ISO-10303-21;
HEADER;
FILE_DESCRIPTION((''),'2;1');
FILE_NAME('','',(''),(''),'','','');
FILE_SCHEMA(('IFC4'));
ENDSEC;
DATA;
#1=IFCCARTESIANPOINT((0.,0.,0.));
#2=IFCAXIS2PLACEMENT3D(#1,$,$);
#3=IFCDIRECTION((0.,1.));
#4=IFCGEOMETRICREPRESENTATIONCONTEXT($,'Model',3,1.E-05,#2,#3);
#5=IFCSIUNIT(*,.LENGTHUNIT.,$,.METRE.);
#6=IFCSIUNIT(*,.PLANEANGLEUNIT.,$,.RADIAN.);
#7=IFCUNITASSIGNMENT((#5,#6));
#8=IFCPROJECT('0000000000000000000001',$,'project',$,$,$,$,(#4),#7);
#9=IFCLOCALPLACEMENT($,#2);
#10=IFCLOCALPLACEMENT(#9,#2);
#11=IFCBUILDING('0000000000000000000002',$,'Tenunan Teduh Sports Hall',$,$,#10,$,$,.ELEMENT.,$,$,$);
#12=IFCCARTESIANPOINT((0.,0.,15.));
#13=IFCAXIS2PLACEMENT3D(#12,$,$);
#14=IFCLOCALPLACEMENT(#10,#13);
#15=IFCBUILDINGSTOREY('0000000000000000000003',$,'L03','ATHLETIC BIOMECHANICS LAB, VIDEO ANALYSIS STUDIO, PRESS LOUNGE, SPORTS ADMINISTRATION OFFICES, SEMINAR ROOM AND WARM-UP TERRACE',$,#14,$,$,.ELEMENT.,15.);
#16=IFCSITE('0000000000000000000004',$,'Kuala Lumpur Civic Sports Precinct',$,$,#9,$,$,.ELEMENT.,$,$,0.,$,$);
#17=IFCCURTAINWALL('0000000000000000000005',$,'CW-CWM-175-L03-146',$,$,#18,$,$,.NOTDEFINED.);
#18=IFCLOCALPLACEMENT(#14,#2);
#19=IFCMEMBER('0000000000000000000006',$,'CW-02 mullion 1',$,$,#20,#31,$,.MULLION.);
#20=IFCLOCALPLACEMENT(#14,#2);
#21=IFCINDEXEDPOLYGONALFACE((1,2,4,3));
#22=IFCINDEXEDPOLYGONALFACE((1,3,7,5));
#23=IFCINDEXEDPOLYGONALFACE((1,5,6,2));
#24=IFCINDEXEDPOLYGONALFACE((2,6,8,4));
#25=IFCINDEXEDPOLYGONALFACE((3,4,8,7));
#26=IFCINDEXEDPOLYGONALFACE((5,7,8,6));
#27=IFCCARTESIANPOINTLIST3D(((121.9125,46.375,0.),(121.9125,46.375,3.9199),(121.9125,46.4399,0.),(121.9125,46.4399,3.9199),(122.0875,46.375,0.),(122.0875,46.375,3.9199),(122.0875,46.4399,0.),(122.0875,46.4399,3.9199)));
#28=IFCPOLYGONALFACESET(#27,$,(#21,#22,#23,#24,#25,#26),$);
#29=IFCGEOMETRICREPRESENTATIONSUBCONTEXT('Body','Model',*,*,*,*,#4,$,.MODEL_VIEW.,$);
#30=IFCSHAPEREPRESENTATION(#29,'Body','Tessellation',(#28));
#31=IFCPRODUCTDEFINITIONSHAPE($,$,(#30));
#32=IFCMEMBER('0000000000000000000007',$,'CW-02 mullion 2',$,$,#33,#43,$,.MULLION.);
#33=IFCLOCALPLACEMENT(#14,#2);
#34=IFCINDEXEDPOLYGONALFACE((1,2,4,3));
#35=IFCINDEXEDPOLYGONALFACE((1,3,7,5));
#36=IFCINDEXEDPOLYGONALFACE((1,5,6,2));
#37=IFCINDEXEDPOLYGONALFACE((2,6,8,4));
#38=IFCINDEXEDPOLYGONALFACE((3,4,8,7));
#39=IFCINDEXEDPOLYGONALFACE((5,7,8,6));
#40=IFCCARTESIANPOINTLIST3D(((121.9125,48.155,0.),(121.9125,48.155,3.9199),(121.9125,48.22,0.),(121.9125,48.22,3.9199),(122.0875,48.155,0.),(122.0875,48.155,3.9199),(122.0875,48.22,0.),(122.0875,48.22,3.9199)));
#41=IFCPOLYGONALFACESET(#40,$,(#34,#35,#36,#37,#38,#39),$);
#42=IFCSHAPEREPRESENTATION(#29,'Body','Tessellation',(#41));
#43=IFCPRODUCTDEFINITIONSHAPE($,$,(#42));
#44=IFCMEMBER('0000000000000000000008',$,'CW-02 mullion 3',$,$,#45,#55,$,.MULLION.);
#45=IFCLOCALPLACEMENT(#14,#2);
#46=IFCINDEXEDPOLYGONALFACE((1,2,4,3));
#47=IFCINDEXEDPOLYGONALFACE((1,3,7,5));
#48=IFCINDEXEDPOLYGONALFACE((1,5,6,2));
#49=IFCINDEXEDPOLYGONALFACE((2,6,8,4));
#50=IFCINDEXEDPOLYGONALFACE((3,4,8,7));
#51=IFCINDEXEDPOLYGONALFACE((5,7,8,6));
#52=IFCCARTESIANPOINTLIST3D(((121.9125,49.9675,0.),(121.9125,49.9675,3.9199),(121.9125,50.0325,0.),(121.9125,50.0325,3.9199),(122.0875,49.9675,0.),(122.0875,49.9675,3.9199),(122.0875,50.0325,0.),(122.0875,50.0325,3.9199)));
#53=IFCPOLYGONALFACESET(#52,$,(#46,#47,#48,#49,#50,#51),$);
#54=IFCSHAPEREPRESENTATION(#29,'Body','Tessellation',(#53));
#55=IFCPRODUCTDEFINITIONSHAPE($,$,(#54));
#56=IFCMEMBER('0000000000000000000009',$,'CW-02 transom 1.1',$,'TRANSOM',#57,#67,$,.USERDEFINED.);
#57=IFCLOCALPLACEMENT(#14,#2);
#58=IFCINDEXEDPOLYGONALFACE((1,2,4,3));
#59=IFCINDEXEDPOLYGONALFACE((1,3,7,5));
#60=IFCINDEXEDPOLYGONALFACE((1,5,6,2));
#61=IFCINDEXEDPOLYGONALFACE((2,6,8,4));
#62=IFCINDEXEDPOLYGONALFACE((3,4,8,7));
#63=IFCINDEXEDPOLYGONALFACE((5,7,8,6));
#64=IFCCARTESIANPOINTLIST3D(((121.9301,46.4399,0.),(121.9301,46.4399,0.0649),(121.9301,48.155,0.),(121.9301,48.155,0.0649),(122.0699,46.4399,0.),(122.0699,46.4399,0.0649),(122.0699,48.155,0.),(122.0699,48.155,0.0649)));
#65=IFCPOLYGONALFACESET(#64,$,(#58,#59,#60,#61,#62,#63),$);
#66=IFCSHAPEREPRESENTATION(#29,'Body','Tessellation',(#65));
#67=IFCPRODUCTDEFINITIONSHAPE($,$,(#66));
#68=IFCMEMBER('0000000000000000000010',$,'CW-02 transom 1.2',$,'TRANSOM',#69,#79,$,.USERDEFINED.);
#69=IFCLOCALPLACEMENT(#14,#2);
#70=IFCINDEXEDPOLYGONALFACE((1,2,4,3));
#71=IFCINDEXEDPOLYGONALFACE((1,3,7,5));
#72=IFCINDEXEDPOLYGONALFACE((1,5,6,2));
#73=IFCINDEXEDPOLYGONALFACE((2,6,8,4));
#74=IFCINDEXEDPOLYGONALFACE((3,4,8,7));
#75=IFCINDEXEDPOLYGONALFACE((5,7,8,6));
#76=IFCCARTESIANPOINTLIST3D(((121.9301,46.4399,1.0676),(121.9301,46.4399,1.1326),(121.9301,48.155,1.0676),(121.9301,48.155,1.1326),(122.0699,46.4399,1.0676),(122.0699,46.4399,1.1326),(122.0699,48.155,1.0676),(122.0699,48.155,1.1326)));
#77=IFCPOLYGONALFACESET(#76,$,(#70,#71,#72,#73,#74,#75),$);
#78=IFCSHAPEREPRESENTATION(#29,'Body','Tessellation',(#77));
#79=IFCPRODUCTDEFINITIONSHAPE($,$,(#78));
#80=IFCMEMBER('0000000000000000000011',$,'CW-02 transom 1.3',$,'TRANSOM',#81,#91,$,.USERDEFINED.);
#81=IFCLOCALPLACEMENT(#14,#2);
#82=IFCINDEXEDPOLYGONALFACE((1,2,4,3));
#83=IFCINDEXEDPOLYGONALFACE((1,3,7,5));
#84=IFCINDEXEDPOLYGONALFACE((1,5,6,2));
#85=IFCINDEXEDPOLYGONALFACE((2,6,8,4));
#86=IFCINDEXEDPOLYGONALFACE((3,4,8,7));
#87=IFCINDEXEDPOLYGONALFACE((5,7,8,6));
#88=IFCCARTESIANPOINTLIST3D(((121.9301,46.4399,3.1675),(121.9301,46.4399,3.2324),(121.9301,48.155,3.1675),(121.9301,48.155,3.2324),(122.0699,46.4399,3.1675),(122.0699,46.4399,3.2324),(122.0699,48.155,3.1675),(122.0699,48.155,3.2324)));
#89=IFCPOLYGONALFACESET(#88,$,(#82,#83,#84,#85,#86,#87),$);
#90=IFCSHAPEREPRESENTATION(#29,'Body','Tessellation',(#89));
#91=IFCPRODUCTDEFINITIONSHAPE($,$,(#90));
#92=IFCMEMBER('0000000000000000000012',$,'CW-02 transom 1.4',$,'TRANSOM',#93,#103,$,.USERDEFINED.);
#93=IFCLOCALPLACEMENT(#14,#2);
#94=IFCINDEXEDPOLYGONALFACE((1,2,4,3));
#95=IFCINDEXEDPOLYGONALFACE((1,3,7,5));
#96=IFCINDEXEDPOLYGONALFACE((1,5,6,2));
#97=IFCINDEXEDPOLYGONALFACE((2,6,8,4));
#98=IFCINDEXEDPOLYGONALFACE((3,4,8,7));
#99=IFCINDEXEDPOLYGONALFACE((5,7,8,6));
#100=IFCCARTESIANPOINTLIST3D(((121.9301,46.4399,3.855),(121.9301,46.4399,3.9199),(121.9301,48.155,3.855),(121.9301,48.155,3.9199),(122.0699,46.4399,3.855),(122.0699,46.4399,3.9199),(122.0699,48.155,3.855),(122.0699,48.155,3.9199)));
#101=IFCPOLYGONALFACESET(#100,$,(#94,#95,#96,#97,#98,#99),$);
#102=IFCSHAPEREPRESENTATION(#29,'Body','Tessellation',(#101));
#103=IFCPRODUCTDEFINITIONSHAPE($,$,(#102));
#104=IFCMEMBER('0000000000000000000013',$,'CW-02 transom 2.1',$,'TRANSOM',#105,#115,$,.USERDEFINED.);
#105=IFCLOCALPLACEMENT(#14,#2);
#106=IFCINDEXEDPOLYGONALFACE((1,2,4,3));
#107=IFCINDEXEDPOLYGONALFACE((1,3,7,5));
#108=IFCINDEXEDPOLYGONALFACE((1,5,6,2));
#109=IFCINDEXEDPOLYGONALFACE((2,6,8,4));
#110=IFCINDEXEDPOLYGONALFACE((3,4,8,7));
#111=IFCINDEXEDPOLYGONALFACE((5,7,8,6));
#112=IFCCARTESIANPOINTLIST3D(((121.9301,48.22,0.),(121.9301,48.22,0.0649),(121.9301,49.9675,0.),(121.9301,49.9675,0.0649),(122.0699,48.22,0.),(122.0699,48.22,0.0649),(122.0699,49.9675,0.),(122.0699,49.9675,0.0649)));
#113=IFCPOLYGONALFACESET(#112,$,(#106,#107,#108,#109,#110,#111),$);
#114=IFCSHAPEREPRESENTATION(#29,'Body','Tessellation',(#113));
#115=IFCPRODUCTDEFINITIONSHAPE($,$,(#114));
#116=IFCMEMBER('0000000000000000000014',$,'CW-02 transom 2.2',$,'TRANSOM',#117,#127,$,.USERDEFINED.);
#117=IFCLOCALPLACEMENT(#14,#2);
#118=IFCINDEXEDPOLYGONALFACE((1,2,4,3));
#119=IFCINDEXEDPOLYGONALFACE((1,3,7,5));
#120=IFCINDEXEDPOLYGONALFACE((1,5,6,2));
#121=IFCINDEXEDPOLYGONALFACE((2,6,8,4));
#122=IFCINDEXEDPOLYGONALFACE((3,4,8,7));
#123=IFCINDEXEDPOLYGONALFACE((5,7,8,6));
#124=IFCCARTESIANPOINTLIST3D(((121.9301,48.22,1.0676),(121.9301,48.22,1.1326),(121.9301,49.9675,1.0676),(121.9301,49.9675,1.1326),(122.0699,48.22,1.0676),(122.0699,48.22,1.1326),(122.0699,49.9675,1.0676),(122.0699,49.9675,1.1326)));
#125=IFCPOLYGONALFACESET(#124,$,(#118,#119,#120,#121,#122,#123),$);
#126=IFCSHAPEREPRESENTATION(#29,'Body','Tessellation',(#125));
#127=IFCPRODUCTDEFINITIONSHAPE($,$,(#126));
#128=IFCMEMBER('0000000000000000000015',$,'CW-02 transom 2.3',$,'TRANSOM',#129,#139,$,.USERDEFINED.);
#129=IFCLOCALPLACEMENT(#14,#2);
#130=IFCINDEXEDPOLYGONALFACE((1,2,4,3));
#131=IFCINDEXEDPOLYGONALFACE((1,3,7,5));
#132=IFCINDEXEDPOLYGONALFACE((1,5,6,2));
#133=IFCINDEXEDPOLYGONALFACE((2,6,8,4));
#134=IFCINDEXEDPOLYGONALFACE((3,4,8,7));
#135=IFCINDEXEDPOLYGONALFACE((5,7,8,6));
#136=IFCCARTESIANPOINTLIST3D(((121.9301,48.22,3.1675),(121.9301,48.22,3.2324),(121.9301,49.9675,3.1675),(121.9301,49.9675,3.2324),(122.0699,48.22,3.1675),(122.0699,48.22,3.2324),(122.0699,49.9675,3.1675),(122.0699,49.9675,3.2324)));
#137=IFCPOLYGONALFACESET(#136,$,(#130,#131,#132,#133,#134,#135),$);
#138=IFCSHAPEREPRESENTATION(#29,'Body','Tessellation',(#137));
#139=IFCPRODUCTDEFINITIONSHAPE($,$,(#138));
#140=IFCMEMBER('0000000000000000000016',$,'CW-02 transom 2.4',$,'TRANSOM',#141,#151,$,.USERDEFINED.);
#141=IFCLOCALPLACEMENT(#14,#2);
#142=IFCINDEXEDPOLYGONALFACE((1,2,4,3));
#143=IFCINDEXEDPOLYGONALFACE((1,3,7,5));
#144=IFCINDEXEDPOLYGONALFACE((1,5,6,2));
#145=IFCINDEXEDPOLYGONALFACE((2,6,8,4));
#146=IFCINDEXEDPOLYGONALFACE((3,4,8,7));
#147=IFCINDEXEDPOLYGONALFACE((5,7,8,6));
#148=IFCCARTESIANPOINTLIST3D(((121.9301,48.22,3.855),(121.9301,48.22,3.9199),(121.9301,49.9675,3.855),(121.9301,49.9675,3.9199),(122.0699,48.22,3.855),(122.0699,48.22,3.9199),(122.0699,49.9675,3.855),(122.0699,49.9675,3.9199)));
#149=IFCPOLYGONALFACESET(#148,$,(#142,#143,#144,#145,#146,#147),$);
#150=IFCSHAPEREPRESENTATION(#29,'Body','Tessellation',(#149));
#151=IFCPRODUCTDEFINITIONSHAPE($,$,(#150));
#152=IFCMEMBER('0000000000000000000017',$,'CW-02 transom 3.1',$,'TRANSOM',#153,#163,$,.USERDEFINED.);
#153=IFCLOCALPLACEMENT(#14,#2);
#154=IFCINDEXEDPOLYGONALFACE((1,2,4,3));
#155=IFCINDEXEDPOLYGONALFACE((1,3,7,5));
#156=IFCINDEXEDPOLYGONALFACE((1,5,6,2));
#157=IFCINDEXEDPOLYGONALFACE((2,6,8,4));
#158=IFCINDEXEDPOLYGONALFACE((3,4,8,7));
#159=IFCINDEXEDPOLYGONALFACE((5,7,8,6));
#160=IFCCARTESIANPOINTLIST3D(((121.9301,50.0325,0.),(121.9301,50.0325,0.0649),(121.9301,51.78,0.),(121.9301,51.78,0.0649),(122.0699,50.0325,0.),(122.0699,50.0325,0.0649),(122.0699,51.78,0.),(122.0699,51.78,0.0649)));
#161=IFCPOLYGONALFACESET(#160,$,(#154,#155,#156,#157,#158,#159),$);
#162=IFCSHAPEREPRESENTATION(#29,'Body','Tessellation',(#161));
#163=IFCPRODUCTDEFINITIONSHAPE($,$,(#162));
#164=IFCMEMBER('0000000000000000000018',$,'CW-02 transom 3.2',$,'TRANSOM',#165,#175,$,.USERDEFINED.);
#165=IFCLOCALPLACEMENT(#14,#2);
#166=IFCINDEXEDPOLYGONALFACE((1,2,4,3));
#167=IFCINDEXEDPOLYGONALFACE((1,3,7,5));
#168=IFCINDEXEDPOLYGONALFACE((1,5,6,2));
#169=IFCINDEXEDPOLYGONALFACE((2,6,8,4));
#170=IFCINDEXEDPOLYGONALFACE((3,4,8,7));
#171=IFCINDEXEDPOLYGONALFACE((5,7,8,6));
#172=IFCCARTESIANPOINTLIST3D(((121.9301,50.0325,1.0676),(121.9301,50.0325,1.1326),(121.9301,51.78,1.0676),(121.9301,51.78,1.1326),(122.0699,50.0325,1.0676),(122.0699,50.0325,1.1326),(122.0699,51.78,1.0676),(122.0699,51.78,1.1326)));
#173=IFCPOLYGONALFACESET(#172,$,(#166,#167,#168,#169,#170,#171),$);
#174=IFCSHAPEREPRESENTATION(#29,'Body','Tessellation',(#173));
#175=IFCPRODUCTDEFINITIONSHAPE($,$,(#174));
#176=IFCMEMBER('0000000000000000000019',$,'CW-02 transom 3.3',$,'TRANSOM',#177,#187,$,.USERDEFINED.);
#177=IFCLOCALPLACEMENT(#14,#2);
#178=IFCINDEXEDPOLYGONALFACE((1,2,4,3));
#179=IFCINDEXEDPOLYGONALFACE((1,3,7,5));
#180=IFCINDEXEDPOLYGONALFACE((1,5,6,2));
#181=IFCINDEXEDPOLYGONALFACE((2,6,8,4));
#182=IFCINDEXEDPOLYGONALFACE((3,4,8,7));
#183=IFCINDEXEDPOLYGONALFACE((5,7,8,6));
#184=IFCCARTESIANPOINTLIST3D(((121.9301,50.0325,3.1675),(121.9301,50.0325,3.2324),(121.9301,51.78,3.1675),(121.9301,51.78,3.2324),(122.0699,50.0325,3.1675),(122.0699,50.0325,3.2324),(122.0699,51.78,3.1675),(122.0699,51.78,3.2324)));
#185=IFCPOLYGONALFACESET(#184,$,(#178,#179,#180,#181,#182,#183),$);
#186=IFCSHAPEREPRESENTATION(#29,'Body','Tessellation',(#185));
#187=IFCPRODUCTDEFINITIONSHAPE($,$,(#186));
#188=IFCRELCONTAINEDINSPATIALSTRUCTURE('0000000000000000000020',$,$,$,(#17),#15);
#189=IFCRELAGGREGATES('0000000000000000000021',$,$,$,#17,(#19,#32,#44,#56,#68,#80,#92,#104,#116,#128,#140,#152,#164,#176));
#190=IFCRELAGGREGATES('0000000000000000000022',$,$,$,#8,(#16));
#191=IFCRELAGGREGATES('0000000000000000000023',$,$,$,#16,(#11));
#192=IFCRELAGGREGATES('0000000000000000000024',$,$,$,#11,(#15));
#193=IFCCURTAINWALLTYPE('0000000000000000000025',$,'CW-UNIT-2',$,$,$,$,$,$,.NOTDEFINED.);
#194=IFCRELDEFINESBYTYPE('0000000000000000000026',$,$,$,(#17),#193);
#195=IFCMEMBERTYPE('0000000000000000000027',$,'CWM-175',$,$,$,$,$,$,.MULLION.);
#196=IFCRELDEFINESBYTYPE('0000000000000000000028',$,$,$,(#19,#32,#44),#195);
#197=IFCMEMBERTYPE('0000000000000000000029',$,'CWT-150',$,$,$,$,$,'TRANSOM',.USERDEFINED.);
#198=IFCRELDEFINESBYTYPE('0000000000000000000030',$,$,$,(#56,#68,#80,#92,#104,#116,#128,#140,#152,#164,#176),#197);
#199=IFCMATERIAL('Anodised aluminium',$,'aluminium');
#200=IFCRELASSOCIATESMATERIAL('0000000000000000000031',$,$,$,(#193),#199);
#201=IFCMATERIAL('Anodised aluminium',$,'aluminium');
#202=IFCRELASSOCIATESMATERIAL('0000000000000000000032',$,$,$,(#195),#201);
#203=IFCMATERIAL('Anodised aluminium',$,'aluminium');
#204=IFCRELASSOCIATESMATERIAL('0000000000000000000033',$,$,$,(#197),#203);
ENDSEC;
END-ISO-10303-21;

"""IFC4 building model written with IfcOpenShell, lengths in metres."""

from ifc_helpers import new_model, si_unit, direction, frame, origin, origin_2d, place, context, subcontext, project, spatial, rectangle, extrude, material, material_profile, profile_set, type_object, element, aggregate, save


model = new_model("IFC4")

# Units and contexts
model_context = context("Model", 3, precision=1e-05, world=origin(), true_north=direction((0.0, 1.0)))
body_context = subcontext(model_context, "Body", "Model", "MODEL_VIEW")
ifc_project = project(units=[si_unit("LENGTHUNIT", "METRE"), si_unit("PLANEANGLEUNIT", "RADIAN")], contexts=[model_context])

# Site, building, storey
site_placement = place(None, origin())
site = spatial("IfcSite", under=ifc_project, at=site_placement, Name="Kuala Lumpur Civic Sports Precinct", CompositionType="ELEMENT", RefElevation=0.0)
building_placement = place(site_placement, origin())
building = spatial("IfcBuilding", under=site, at=building_placement, Name="Tenunan Teduh Sports Hall", CompositionType="ELEMENT")
storey_placement = place(building_placement, frame((0.0, 0.0, 15.0)))
storey = spatial("IfcBuildingStorey", under=building, at=storey_placement, Name="L03", Description="ATHLETIC BIOMECHANICS LAB, VIDEO ANALYSIS STUDIO, PRESS LOUNGE, SPORTS ADMINISTRATION OFFICES, SEMINAR ROOM AND WARM-UP TERRACE", CompositionType="ELEMENT", Elevation=15.0)

# Curtain wall, members
ifc_material_1 = material(Name="Anodised aluminium", Category="aluminium")
curtain_wall_type = type_object("IfcCurtainWallType", Name="CW-UNIT-2", PredefinedType="NOTDEFINED", material=ifc_material_1)
curtain_wall_placement = place(storey_placement, origin())
curtain_wall = element("IfcCurtainWall", 1, at=curtain_wall_placement, inside=storey, type_object=curtain_wall_type, Name="CW-CWM-175-L03-146", PredefinedType="NOTDEFINED")
ifc_material_2 = material(Name="Anodised aluminium", Category="aluminium")
ifc_material_profile_1 = material_profile(ifc_material_2, rectangle(XDim=0.0649, YDim=0.175, at=origin_2d()), Name="CWM 65x175")
ifc_profile_set_1 = profile_set([ifc_material_profile_1], Name="Anodised aluminium")
member_type_1 = type_object("IfcMemberType", Name="CWM-175", PredefinedType="MULLION", material=ifc_profile_set_1)
member_1_placement = place(storey_placement, frame((122.0, 46.4075, 0.0), z_axis=(0.0, 0.0, 1.0), x_axis=(0.0, 1.0, 0.0)))
member_1 = element("IfcMember", 2, at=member_1_placement, type_object=member_type_1, Name="CW-02 mullion 1", PredefinedType="MULLION", context=body_context, shape_type="SweptSolid", body=[
    extrude(rectangle(XDim=0.0649, YDim=0.175, at=origin_2d()), origin(), (0.0, 0.0, 1.0), 3.9199),
])
member_2_placement = place(storey_placement, frame((122.0, 48.1875, 0.0), z_axis=(0.0, 0.0, 1.0), x_axis=(0.0, 1.0, 0.0)))
member_2 = element("IfcMember", 3, at=member_2_placement, type_object=member_type_1, Name="CW-02 mullion 2", PredefinedType="MULLION", context=body_context, shape_type="SweptSolid", body=[
    extrude(rectangle(XDim=0.0649, YDim=0.175, at=origin_2d()), origin(), (0.0, 0.0, 1.0), 3.9199),
])
member_3_placement = place(storey_placement, frame((122.0, 50.0, 0.0), z_axis=(0.0, 0.0, 1.0), x_axis=(0.0, 1.0, 0.0)))
member_3 = element("IfcMember", 4, at=member_3_placement, type_object=member_type_1, Name="CW-02 mullion 3", PredefinedType="MULLION", context=body_context, shape_type="SweptSolid", body=[
    extrude(rectangle(XDim=0.0649, YDim=0.175, at=origin_2d()), origin(), (0.0, 0.0, 1.0), 3.9199),
])
ifc_material_3 = material(Name="Anodised aluminium", Category="aluminium")
ifc_material_profile_2 = material_profile(ifc_material_3, rectangle(XDim=0.0649, YDim=0.1399, at=origin_2d()), Name="CWT 65x140")
ifc_profile_set_2 = profile_set([ifc_material_profile_2], Name="Anodised aluminium")
member_type_2 = type_object("IfcMemberType", Name="CWT-150", ElementType="TRANSOM", PredefinedType="USERDEFINED", material=ifc_profile_set_2)
member_4_placement = place(storey_placement, frame((122.0, 46.4399, 0.0325), z_axis=(0.0, 1.0, 0.0), x_axis=(0.0, 0.0, 1.0)))
member_4 = element("IfcMember", 5, at=member_4_placement, type_object=member_type_2, Name="CW-02 transom 1.1", ObjectType="TRANSOM", PredefinedType="USERDEFINED", context=body_context, shape_type="SweptSolid", body=[
    extrude(rectangle(XDim=0.0649, YDim=0.1399, at=origin_2d()), origin(), (0.0, 0.0, 1.0), 1.7151),
])
member_5_placement = place(storey_placement, frame((122.0, 46.4399, 1.1001), z_axis=(0.0, 1.0, 0.0), x_axis=(0.0, 0.0, 1.0)))
member_5 = element("IfcMember", 6, at=member_5_placement, type_object=member_type_2, Name="CW-02 transom 1.2", ObjectType="TRANSOM", PredefinedType="USERDEFINED", context=body_context, shape_type="SweptSolid", body=[
    extrude(rectangle(XDim=0.0649, YDim=0.1399, at=origin_2d()), origin(), (0.0, 0.0, 1.0), 1.7151),
])
member_6_placement = place(storey_placement, frame((122.0, 46.4399, 3.2), z_axis=(0.0, 1.0, 0.0), x_axis=(0.0, 0.0, 1.0)))
member_6 = element("IfcMember", 7, at=member_6_placement, type_object=member_type_2, Name="CW-02 transom 1.3", ObjectType="TRANSOM", PredefinedType="USERDEFINED", context=body_context, shape_type="SweptSolid", body=[
    extrude(rectangle(XDim=0.0649, YDim=0.1399, at=origin_2d()), origin(), (0.0, 0.0, 1.0), 1.7151),
])
member_7_placement = place(storey_placement, frame((122.0, 46.4399, 3.8875), z_axis=(0.0, 1.0, 0.0), x_axis=(0.0, 0.0, 1.0)))
member_7 = element("IfcMember", 8, at=member_7_placement, type_object=member_type_2, Name="CW-02 transom 1.4", ObjectType="TRANSOM", PredefinedType="USERDEFINED", context=body_context, shape_type="SweptSolid", body=[
    extrude(rectangle(XDim=0.0649, YDim=0.1399, at=origin_2d()), origin(), (0.0, 0.0, 1.0), 1.7151),
])
member_8_placement = place(storey_placement, frame((122.0, 48.22, 0.0325), z_axis=(0.0, 1.0, 0.0), x_axis=(0.0, 0.0, 1.0)))
member_8 = element("IfcMember", 9, at=member_8_placement, type_object=member_type_2, Name="CW-02 transom 2.1", ObjectType="TRANSOM", PredefinedType="USERDEFINED", context=body_context, shape_type="SweptSolid", body=[
    extrude(rectangle(XDim=0.0649, YDim=0.1399, at=origin_2d()), origin(), (0.0, 0.0, 1.0), 1.7476),
])
member_9_placement = place(storey_placement, frame((122.0, 48.22, 1.1001), z_axis=(0.0, 1.0, 0.0), x_axis=(0.0, 0.0, 1.0)))
member_9 = element("IfcMember", 10, at=member_9_placement, type_object=member_type_2, Name="CW-02 transom 2.2", ObjectType="TRANSOM", PredefinedType="USERDEFINED", context=body_context, shape_type="SweptSolid", body=[
    extrude(rectangle(XDim=0.0649, YDim=0.1399, at=origin_2d()), origin(), (0.0, 0.0, 1.0), 1.7476),
])
member_10_placement = place(storey_placement, frame((122.0, 48.22, 3.2), z_axis=(0.0, 1.0, 0.0), x_axis=(0.0, 0.0, 1.0)))
member_10 = element("IfcMember", 11, at=member_10_placement, type_object=member_type_2, Name="CW-02 transom 2.3", ObjectType="TRANSOM", PredefinedType="USERDEFINED", context=body_context, shape_type="SweptSolid", body=[
    extrude(rectangle(XDim=0.0649, YDim=0.1399, at=origin_2d()), origin(), (0.0, 0.0, 1.0), 1.7476),
])
member_11_placement = place(storey_placement, frame((122.0, 48.22, 3.8875), z_axis=(0.0, 1.0, 0.0), x_axis=(0.0, 0.0, 1.0)))
member_11 = element("IfcMember", 12, at=member_11_placement, type_object=member_type_2, Name="CW-02 transom 2.4", ObjectType="TRANSOM", PredefinedType="USERDEFINED", context=body_context, shape_type="SweptSolid", body=[
    extrude(rectangle(XDim=0.0649, YDim=0.1399, at=origin_2d()), origin(), (0.0, 0.0, 1.0), 1.7476),
])
member_12_placement = place(storey_placement, frame((122.0, 50.0325, 0.0325), z_axis=(0.0, 1.0, 0.0), x_axis=(0.0, 0.0, 1.0)))
member_12 = element("IfcMember", 13, at=member_12_placement, type_object=member_type_2, Name="CW-02 transom 3.1", ObjectType="TRANSOM", PredefinedType="USERDEFINED", context=body_context, shape_type="SweptSolid", body=[
    extrude(rectangle(XDim=0.0649, YDim=0.1399, at=origin_2d()), origin(), (0.0, 0.0, 1.0), 1.7476),
])
member_13_placement = place(storey_placement, frame((122.0, 50.0325, 1.1001), z_axis=(0.0, 1.0, 0.0), x_axis=(0.0, 0.0, 1.0)))
member_13 = element("IfcMember", 14, at=member_13_placement, type_object=member_type_2, Name="CW-02 transom 3.2", ObjectType="TRANSOM", PredefinedType="USERDEFINED", context=body_context, shape_type="SweptSolid", body=[
    extrude(rectangle(XDim=0.0649, YDim=0.1399, at=origin_2d()), origin(), (0.0, 0.0, 1.0), 1.7476),
])
member_14_placement = place(storey_placement, frame((122.0, 50.0325, 3.2), z_axis=(0.0, 1.0, 0.0), x_axis=(0.0, 0.0, 1.0)))
member_14 = element("IfcMember", 15, at=member_14_placement, type_object=member_type_2, Name="CW-02 transom 3.3", ObjectType="TRANSOM", PredefinedType="USERDEFINED", context=body_context, shape_type="SweptSolid", body=[
    extrude(rectangle(XDim=0.0649, YDim=0.1399, at=origin_2d()), origin(), (0.0, 0.0, 1.0), 1.7476),
])
aggregate(curtain_wall, [member_1, member_2, member_3, member_4, member_5, member_6, member_7, member_8, member_9, member_10, member_11, member_12, member_13, member_14])

save(model, "model.ifc")
